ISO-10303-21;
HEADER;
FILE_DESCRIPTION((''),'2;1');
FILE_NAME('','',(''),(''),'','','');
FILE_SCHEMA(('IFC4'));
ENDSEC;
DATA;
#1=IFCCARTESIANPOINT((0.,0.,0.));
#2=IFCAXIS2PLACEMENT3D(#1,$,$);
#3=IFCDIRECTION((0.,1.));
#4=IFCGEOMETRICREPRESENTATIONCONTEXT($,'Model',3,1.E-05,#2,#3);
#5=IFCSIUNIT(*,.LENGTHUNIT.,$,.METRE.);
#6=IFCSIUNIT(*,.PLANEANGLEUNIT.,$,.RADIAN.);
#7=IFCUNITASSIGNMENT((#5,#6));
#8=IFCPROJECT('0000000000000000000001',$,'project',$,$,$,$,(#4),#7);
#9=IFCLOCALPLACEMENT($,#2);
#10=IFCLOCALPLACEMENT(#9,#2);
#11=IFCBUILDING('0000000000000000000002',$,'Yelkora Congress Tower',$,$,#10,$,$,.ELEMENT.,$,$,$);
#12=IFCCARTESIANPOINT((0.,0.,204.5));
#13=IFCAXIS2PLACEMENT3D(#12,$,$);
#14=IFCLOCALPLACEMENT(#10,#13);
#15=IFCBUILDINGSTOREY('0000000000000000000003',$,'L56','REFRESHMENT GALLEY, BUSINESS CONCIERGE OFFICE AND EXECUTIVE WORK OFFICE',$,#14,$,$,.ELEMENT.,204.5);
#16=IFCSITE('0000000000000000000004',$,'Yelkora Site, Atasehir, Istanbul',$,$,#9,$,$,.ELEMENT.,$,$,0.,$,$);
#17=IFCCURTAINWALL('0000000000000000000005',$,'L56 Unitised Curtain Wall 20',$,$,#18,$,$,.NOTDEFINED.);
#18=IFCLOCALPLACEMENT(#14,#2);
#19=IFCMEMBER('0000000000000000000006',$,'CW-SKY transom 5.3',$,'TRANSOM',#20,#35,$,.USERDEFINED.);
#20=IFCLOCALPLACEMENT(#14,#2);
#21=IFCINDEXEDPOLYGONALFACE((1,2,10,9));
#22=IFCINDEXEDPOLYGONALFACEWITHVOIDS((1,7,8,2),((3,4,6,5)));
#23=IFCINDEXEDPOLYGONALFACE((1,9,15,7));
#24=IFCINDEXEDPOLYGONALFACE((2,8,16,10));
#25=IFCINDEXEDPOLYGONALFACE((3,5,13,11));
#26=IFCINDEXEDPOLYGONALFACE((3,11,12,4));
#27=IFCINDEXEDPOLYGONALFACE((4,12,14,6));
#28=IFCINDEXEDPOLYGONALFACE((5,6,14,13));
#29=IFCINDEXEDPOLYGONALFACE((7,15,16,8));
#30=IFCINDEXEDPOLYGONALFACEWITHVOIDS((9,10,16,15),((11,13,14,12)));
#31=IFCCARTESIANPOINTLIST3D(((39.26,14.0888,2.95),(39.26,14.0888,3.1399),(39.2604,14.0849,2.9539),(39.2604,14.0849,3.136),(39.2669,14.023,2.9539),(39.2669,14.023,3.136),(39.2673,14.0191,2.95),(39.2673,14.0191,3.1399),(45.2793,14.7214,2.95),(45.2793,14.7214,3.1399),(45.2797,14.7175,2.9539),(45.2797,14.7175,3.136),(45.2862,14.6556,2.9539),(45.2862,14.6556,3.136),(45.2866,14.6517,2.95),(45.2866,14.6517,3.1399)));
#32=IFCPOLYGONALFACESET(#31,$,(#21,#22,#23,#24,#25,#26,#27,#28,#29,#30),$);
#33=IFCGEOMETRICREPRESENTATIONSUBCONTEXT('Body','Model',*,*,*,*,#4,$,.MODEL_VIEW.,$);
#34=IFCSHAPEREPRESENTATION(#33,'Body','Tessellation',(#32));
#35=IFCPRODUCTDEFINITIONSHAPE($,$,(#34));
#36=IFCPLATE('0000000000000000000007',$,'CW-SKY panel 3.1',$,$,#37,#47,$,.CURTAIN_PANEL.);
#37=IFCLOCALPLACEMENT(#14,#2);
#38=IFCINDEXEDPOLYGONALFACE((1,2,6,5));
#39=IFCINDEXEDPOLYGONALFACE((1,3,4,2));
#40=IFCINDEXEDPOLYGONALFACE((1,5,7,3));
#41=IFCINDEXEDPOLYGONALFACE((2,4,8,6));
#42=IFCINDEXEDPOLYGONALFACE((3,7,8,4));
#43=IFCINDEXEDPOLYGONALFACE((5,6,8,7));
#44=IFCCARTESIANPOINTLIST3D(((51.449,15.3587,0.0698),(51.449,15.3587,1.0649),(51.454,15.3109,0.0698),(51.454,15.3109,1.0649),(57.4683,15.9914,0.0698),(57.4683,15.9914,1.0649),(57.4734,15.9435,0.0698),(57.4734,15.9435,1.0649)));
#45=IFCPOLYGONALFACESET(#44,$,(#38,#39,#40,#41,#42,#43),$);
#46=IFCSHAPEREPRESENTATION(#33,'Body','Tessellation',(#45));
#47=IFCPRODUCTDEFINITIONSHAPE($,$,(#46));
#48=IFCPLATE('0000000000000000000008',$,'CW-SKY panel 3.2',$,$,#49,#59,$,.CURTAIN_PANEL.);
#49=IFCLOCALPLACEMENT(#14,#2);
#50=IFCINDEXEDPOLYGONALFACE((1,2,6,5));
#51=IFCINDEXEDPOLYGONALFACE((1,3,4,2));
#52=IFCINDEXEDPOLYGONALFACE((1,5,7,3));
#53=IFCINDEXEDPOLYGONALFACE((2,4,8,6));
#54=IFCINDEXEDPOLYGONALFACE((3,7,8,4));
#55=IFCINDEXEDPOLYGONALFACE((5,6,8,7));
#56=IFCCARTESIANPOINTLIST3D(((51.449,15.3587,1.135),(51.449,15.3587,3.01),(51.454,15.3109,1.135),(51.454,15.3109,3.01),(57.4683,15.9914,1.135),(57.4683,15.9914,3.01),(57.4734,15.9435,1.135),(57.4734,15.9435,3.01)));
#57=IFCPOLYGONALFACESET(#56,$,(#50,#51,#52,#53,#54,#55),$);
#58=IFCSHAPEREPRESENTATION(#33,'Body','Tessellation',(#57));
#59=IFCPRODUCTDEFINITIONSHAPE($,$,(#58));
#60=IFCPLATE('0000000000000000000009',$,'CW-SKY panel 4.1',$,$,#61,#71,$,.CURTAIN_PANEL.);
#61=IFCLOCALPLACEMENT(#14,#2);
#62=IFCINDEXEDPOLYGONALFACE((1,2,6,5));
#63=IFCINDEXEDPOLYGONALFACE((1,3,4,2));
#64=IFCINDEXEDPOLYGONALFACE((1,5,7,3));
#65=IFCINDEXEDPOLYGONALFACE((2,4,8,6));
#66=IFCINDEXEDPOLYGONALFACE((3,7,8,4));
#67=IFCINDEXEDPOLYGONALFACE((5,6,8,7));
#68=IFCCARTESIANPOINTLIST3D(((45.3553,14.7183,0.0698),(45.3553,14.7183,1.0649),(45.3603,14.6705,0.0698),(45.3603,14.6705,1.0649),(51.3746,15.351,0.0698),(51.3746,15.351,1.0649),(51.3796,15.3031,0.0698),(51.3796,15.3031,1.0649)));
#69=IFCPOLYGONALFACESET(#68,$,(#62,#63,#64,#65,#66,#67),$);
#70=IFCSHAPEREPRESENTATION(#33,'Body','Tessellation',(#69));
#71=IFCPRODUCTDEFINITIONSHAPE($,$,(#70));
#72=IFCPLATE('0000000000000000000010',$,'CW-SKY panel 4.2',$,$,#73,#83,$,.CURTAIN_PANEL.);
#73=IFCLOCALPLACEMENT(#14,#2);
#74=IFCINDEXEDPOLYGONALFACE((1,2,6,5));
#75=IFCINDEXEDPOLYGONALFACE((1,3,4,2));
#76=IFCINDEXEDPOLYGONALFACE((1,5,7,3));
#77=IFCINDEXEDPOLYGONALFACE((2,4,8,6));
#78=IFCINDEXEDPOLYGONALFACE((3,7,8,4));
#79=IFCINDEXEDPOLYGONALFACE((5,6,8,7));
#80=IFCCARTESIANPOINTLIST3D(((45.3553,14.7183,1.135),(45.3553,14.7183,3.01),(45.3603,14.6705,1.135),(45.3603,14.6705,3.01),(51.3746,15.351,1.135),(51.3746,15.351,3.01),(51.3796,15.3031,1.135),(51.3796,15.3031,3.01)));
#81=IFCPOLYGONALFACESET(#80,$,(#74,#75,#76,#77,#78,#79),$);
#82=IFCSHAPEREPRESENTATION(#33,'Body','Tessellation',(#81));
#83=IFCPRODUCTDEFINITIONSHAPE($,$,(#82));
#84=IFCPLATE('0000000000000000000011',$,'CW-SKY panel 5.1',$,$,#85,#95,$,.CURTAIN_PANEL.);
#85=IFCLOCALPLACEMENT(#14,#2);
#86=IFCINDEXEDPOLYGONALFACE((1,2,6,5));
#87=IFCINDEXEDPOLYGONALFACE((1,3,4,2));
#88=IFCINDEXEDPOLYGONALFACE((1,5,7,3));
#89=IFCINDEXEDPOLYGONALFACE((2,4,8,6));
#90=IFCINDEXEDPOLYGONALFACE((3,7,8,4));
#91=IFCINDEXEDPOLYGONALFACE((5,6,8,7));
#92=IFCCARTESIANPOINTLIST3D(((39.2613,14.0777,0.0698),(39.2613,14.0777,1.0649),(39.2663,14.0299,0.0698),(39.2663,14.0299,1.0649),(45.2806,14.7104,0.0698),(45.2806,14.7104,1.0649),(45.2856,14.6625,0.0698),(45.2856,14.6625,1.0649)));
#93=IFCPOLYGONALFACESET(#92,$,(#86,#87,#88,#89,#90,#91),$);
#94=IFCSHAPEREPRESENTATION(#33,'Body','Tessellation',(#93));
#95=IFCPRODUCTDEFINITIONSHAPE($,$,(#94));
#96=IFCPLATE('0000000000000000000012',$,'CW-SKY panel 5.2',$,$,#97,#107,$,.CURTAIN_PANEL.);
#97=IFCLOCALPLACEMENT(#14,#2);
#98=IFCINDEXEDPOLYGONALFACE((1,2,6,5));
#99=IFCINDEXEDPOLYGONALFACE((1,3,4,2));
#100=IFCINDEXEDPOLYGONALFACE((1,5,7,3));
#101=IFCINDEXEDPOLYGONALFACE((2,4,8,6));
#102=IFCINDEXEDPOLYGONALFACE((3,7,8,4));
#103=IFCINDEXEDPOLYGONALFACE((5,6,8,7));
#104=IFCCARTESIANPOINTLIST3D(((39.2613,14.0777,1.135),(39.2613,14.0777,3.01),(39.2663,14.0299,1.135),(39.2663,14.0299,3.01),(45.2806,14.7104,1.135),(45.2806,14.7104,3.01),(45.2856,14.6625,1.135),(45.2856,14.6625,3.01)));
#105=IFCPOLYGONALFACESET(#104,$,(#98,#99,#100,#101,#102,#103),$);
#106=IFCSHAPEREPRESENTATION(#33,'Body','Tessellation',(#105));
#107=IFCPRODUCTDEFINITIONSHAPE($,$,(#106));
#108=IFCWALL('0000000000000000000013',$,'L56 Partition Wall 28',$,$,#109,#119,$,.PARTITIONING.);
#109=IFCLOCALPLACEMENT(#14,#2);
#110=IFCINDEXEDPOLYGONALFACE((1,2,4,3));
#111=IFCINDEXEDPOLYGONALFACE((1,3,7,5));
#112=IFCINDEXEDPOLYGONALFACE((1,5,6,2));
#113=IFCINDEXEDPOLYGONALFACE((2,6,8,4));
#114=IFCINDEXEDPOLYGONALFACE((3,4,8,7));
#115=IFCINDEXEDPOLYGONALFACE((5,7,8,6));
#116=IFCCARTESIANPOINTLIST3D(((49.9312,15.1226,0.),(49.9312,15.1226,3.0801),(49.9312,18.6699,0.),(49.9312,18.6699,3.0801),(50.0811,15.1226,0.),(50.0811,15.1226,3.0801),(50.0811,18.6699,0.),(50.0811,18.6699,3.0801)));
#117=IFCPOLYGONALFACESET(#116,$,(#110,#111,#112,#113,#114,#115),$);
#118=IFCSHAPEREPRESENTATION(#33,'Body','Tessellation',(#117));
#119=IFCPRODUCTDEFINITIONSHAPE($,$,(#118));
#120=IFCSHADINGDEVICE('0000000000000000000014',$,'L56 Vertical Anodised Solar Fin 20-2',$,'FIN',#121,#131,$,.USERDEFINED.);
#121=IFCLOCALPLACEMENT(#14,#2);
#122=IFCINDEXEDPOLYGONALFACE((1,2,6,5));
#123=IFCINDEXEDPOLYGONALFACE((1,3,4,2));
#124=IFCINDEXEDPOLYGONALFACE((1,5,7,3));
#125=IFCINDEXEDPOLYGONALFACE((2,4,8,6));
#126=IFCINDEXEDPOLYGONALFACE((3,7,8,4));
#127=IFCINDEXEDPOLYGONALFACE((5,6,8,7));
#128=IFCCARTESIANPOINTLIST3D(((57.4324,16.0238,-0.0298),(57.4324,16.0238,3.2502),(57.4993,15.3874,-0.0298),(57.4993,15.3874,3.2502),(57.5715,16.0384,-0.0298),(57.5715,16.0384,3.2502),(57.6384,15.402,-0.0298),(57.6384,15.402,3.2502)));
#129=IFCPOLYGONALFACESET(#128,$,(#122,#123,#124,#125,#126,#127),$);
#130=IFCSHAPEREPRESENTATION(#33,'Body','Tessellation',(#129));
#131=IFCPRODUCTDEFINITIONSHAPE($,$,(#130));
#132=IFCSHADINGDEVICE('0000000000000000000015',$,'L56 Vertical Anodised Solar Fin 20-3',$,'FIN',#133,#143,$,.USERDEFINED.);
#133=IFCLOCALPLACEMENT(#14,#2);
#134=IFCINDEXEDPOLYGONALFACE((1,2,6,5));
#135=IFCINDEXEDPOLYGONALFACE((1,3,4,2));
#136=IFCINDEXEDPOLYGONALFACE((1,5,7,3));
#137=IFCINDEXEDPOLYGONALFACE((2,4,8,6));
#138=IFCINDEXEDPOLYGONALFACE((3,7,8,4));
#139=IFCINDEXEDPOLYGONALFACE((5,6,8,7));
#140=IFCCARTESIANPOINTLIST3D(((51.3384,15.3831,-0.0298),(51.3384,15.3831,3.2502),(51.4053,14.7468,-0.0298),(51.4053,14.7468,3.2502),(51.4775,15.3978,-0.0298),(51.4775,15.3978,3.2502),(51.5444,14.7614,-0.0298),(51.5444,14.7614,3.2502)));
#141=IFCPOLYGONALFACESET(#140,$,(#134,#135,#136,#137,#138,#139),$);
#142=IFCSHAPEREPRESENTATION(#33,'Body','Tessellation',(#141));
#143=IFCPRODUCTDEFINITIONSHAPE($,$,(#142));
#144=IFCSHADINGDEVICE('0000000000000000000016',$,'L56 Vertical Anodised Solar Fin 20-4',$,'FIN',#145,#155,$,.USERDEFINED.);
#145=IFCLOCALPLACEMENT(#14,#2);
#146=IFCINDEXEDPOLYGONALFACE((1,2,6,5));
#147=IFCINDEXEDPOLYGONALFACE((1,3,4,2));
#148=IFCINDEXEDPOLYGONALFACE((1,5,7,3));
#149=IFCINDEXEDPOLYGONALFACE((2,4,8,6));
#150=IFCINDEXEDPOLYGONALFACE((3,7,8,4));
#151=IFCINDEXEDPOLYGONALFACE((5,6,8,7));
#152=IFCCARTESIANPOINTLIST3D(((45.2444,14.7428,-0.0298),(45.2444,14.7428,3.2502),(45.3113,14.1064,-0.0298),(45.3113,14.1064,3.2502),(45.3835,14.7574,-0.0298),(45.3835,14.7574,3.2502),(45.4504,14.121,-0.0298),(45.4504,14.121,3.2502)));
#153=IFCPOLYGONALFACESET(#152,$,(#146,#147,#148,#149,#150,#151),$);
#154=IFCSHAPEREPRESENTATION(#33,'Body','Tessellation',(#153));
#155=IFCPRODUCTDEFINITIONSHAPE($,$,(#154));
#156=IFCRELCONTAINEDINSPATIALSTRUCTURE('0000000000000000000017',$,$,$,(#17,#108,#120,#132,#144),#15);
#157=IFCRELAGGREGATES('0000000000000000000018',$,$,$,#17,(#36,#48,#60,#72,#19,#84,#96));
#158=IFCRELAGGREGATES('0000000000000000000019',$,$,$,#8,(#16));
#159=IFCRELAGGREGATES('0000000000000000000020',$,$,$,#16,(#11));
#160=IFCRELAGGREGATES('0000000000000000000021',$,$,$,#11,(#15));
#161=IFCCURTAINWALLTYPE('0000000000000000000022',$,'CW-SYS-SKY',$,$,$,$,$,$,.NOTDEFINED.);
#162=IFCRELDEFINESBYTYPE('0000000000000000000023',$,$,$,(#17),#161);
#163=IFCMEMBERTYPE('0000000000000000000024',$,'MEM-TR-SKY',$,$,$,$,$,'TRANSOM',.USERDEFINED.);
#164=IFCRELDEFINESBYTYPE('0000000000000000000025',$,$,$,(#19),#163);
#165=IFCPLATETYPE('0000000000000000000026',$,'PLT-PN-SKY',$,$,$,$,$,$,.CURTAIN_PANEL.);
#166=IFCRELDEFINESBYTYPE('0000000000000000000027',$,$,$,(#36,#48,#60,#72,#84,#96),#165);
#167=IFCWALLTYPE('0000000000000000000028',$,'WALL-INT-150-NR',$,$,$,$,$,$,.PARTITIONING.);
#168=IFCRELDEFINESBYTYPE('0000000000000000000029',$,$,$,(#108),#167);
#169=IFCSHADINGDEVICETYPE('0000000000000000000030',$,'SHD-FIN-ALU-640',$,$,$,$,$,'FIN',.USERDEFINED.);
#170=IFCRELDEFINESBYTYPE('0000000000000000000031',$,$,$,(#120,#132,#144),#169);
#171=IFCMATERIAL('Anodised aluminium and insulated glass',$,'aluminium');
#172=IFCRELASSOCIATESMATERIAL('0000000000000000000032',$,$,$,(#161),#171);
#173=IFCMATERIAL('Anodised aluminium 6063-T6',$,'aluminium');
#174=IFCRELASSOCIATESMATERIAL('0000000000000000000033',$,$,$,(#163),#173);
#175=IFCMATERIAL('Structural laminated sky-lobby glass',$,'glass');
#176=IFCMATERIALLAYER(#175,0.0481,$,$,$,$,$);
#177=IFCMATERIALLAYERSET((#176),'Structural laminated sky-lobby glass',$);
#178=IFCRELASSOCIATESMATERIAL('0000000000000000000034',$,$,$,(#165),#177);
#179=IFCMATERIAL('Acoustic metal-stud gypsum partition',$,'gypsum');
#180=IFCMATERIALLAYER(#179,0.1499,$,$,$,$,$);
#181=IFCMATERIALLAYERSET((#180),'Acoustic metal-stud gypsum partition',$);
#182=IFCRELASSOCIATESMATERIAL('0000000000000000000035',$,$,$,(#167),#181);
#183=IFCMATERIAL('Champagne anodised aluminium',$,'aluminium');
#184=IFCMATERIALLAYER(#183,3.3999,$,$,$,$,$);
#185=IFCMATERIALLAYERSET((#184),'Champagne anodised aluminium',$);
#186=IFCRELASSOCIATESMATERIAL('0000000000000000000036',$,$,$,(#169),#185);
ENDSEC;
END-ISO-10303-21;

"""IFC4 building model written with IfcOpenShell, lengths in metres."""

from ifc_helpers import new_model, si_unit, direction, frame, frame_2d, origin, origin_2d, place, context, subcontext, project, spatial, rectangle, hollow_rectangle, extrude, material, layer, layer_set, material_profile, profile_set, type_object, element, aggregate, save


model = new_model("IFC4")

# Units and contexts
model_context = context("Model", 3, precision=1e-05, world=origin(), true_north=direction((0.0, 1.0)))
body_context = subcontext(model_context, "Body", "Model", "MODEL_VIEW")
ifc_project = project(units=[si_unit("LENGTHUNIT", "METRE"), si_unit("PLANEANGLEUNIT", "RADIAN")], contexts=[model_context])

# Site, building, storey
site_placement = place(None, origin())
site = spatial("IfcSite", under=ifc_project, at=site_placement, Name="Yelkora Site, Atasehir, Istanbul", CompositionType="ELEMENT", RefElevation=0.0)
building_placement = place(site_placement, origin())
building = spatial("IfcBuilding", under=site, at=building_placement, Name="Yelkora Congress Tower", CompositionType="ELEMENT")
storey_placement = place(building_placement, frame((0.0, 0.0, 204.5)))
storey = spatial("IfcBuildingStorey", under=building, at=storey_placement, Name="L56", Description="REFRESHMENT GALLEY, BUSINESS CONCIERGE OFFICE AND EXECUTIVE WORK OFFICE", CompositionType="ELEMENT", Elevation=204.5)

# Curtain wall, member, plates
ifc_material_1 = material(Name="Anodised aluminium and insulated glass", Category="aluminium")
curtain_wall_type = type_object("IfcCurtainWallType", Name="CW-SYS-SKY", PredefinedType="NOTDEFINED", material=ifc_material_1)
curtain_wall_placement = place(storey_placement, origin())
curtain_wall = element("IfcCurtainWall", 1, at=curtain_wall_placement, inside=storey, type_object=curtain_wall_type, Name="L56 Unitised Curtain Wall 20", PredefinedType="NOTDEFINED")
ifc_material_2 = material(Name="Anodised aluminium 6063-T6", Category="aluminium")
ifc_material_profile_1 = material_profile(ifc_material_2, hollow_rectangle(XDim=0.0701, YDim=0.1899, WallThickness=0.0039, at=origin_2d()), Name="ALU 70x190x4")
ifc_profile_set_1 = profile_set([ifc_material_profile_1], Name="Anodised aluminium 6063-T6")
member_type_1 = type_object("IfcMemberType", Name="MEM-TR-SKY", ElementType="TRANSOM", PredefinedType="USERDEFINED", material=ifc_profile_set_1)
member_1_placement = place(storey_placement, frame((45.283, 14.6865, 3.0449), z_axis=(-0.994523, -0.104515, 0.0), x_axis=(0.104515, -0.994523, 0.0)))
member_1 = element("IfcMember", 2, at=member_1_placement, type_object=member_type_1, Name="CW-SKY transom 5.3", ObjectType="TRANSOM", PredefinedType="USERDEFINED", context=body_context, shape_type="SweptSolid", body=[
    extrude(hollow_rectangle(XDim=0.0701, YDim=0.1899, WallThickness=0.0039, at=origin_2d()), origin(), (0.0, 0.0, 1.0), 6.0525),
])
ifc_material_3 = material(Name="Structural laminated sky-lobby glass", Category="glass")
ifc_layer_1 = layer(ifc_material_3, 0.0481)
ifc_layer_set_1 = layer_set([ifc_layer_1], Name="Structural laminated sky-lobby glass")
plate_type = type_object("IfcPlateType", Name="PLT-PN-SKY", PredefinedType="CURTAIN_PANEL", material=ifc_layer_set_1)
plate_1_placement = place(storey_placement, frame((54.4612, 15.6511, 0.0698), z_axis=(0.0, 0.0, 1.0), x_axis=(-0.994522, -0.104527, 0.0)))
plate_1 = element("IfcPlate", 3, at=plate_1_placement, type_object=plate_type, Name="CW-SKY panel 3.1", PredefinedType="CURTAIN_PANEL", context=body_context, shape_type="SweptSolid", body=[
    extrude(rectangle(XDim=6.0525, YDim=0.0481, at=origin_2d()), origin(), (0.0, 0.0, 1.0), 0.9951),
])
plate_2_placement = place(storey_placement, frame((54.4612, 15.6511, 1.135), z_axis=(0.0, 0.0, 1.0), x_axis=(-0.994522, -0.104527, 0.0)))
plate_2 = element("IfcPlate", 4, at=plate_2_placement, type_object=plate_type, Name="CW-SKY panel 3.2", PredefinedType="CURTAIN_PANEL", context=body_context, shape_type="SweptSolid", body=[
    extrude(rectangle(XDim=6.0525, YDim=0.0481, at=origin_2d()), origin(), (0.0, 0.0, 1.0), 1.875),
])
plate_3_placement = place(storey_placement, frame((48.3674, 15.0107, 0.0698), z_axis=(0.0, 0.0, 1.0), x_axis=(-0.994522, -0.104527, 0.0)))
plate_3 = element("IfcPlate", 5, at=plate_3_placement, type_object=plate_type, Name="CW-SKY panel 4.1", PredefinedType="CURTAIN_PANEL", context=body_context, shape_type="SweptSolid", body=[
    extrude(rectangle(XDim=6.0525, YDim=0.0481, at=origin_2d()), origin(), (0.0, 0.0, 1.0), 0.9951),
])
plate_4_placement = place(storey_placement, frame((48.3674, 15.0107, 1.135), z_axis=(0.0, 0.0, 1.0), x_axis=(-0.994522, -0.104527, 0.0)))
plate_4 = element("IfcPlate", 6, at=plate_4_placement, type_object=plate_type, Name="CW-SKY panel 4.2", PredefinedType="CURTAIN_PANEL", context=body_context, shape_type="SweptSolid", body=[
    extrude(rectangle(XDim=6.0525, YDim=0.0481, at=origin_2d()), origin(), (0.0, 0.0, 1.0), 1.875),
])
plate_5_placement = place(storey_placement, frame((42.2734, 14.3701, 0.0698), z_axis=(0.0, 0.0, 1.0), x_axis=(-0.994522, -0.104527, 0.0)))
plate_5 = element("IfcPlate", 7, at=plate_5_placement, type_object=plate_type, Name="CW-SKY panel 5.1", PredefinedType="CURTAIN_PANEL", context=body_context, shape_type="SweptSolid", body=[
    extrude(rectangle(XDim=6.0525, YDim=0.0481, at=origin_2d()), origin(), (0.0, 0.0, 1.0), 0.9951),
])
plate_6_placement = place(storey_placement, frame((42.2734, 14.3701, 1.135), z_axis=(0.0, 0.0, 1.0), x_axis=(-0.994522, -0.104527, 0.0)))
plate_6 = element("IfcPlate", 8, at=plate_6_placement, type_object=plate_type, Name="CW-SKY panel 5.2", PredefinedType="CURTAIN_PANEL", context=body_context, shape_type="SweptSolid", body=[
    extrude(rectangle(XDim=6.0525, YDim=0.0481, at=origin_2d()), origin(), (0.0, 0.0, 1.0), 1.875),
])
aggregate(curtain_wall, [plate_1, plate_2, plate_3, plate_4, member_1, plate_5, plate_6])

# Wall
ifc_material_4 = material(Name="Acoustic metal-stud gypsum partition", Category="gypsum")
ifc_layer_2 = layer(ifc_material_4, 0.1499)
ifc_layer_set_2 = layer_set([ifc_layer_2], Name="Acoustic metal-stud gypsum partition")
wall_type = type_object("IfcWallType", Name="WALL-INT-150-NR", PredefinedType="PARTITIONING", material=ifc_layer_set_2)
wall_placement = place(storey_placement, frame((50.0061, 15.1226, 0.0), z_axis=(0.0, 0.0, 1.0), x_axis=(0.0, 1.0, 0.0)))
element("IfcWall", 9, at=wall_placement, inside=storey, type_object=wall_type, Name="L56 Partition Wall 28", PredefinedType="PARTITIONING", context=body_context, shape_type="SweptSolid", body=[
    extrude(rectangle(XDim=3.5474, YDim=0.1499, at=frame_2d((1.7737, 0.0))), origin(), (0.0, 0.0, 1.0), 3.0801),
])

# Shading devices
ifc_material_5 = material(Name="Champagne anodised aluminium", Category="aluminium")
ifc_layer_3 = layer(ifc_material_5, 3.3999)
ifc_layer_set_3 = layer_set([ifc_layer_3], Name="Champagne anodised aluminium")
shading_device_type = type_object("IfcShadingDeviceType", Name="SHD-FIN-ALU-640", ElementType="FIN", PredefinedType="USERDEFINED", material=ifc_layer_set_3)
for number, where, z_axis, x_axis, name in (
    (10, (57.5354, 15.7129, -0.0298), (0.0, 0.0, 1.0), (-0.994522, -0.104528, 0.0), "L56 Vertical Anodised Solar Fin 20-2"),
    (11, (51.4414, 15.0723, -0.0298), (0.0, 0.0, 1.0), (-0.994522, -0.104528, 0.0), "L56 Vertical Anodised Solar Fin 20-3"),
    (12, (45.3474, 14.4319, -0.0298), (0.0, 0.0, 1.0), (-0.994522, -0.104528, 0.0), "L56 Vertical Anodised Solar Fin 20-4"),
):
    element("IfcShadingDevice", number, at=place(storey_placement, frame(where, z_axis=z_axis, x_axis=x_axis)), inside=storey, type_object=shading_device_type, Name=name, ObjectType="FIN", PredefinedType="USERDEFINED", context=body_context, shape_type="SweptSolid", body=[
        extrude(rectangle(XDim=0.1399, YDim=0.6399, at=origin_2d()), origin(), (0.0, 0.0, 1.0), 3.28),
    ])

save(model, "model.ifc")
